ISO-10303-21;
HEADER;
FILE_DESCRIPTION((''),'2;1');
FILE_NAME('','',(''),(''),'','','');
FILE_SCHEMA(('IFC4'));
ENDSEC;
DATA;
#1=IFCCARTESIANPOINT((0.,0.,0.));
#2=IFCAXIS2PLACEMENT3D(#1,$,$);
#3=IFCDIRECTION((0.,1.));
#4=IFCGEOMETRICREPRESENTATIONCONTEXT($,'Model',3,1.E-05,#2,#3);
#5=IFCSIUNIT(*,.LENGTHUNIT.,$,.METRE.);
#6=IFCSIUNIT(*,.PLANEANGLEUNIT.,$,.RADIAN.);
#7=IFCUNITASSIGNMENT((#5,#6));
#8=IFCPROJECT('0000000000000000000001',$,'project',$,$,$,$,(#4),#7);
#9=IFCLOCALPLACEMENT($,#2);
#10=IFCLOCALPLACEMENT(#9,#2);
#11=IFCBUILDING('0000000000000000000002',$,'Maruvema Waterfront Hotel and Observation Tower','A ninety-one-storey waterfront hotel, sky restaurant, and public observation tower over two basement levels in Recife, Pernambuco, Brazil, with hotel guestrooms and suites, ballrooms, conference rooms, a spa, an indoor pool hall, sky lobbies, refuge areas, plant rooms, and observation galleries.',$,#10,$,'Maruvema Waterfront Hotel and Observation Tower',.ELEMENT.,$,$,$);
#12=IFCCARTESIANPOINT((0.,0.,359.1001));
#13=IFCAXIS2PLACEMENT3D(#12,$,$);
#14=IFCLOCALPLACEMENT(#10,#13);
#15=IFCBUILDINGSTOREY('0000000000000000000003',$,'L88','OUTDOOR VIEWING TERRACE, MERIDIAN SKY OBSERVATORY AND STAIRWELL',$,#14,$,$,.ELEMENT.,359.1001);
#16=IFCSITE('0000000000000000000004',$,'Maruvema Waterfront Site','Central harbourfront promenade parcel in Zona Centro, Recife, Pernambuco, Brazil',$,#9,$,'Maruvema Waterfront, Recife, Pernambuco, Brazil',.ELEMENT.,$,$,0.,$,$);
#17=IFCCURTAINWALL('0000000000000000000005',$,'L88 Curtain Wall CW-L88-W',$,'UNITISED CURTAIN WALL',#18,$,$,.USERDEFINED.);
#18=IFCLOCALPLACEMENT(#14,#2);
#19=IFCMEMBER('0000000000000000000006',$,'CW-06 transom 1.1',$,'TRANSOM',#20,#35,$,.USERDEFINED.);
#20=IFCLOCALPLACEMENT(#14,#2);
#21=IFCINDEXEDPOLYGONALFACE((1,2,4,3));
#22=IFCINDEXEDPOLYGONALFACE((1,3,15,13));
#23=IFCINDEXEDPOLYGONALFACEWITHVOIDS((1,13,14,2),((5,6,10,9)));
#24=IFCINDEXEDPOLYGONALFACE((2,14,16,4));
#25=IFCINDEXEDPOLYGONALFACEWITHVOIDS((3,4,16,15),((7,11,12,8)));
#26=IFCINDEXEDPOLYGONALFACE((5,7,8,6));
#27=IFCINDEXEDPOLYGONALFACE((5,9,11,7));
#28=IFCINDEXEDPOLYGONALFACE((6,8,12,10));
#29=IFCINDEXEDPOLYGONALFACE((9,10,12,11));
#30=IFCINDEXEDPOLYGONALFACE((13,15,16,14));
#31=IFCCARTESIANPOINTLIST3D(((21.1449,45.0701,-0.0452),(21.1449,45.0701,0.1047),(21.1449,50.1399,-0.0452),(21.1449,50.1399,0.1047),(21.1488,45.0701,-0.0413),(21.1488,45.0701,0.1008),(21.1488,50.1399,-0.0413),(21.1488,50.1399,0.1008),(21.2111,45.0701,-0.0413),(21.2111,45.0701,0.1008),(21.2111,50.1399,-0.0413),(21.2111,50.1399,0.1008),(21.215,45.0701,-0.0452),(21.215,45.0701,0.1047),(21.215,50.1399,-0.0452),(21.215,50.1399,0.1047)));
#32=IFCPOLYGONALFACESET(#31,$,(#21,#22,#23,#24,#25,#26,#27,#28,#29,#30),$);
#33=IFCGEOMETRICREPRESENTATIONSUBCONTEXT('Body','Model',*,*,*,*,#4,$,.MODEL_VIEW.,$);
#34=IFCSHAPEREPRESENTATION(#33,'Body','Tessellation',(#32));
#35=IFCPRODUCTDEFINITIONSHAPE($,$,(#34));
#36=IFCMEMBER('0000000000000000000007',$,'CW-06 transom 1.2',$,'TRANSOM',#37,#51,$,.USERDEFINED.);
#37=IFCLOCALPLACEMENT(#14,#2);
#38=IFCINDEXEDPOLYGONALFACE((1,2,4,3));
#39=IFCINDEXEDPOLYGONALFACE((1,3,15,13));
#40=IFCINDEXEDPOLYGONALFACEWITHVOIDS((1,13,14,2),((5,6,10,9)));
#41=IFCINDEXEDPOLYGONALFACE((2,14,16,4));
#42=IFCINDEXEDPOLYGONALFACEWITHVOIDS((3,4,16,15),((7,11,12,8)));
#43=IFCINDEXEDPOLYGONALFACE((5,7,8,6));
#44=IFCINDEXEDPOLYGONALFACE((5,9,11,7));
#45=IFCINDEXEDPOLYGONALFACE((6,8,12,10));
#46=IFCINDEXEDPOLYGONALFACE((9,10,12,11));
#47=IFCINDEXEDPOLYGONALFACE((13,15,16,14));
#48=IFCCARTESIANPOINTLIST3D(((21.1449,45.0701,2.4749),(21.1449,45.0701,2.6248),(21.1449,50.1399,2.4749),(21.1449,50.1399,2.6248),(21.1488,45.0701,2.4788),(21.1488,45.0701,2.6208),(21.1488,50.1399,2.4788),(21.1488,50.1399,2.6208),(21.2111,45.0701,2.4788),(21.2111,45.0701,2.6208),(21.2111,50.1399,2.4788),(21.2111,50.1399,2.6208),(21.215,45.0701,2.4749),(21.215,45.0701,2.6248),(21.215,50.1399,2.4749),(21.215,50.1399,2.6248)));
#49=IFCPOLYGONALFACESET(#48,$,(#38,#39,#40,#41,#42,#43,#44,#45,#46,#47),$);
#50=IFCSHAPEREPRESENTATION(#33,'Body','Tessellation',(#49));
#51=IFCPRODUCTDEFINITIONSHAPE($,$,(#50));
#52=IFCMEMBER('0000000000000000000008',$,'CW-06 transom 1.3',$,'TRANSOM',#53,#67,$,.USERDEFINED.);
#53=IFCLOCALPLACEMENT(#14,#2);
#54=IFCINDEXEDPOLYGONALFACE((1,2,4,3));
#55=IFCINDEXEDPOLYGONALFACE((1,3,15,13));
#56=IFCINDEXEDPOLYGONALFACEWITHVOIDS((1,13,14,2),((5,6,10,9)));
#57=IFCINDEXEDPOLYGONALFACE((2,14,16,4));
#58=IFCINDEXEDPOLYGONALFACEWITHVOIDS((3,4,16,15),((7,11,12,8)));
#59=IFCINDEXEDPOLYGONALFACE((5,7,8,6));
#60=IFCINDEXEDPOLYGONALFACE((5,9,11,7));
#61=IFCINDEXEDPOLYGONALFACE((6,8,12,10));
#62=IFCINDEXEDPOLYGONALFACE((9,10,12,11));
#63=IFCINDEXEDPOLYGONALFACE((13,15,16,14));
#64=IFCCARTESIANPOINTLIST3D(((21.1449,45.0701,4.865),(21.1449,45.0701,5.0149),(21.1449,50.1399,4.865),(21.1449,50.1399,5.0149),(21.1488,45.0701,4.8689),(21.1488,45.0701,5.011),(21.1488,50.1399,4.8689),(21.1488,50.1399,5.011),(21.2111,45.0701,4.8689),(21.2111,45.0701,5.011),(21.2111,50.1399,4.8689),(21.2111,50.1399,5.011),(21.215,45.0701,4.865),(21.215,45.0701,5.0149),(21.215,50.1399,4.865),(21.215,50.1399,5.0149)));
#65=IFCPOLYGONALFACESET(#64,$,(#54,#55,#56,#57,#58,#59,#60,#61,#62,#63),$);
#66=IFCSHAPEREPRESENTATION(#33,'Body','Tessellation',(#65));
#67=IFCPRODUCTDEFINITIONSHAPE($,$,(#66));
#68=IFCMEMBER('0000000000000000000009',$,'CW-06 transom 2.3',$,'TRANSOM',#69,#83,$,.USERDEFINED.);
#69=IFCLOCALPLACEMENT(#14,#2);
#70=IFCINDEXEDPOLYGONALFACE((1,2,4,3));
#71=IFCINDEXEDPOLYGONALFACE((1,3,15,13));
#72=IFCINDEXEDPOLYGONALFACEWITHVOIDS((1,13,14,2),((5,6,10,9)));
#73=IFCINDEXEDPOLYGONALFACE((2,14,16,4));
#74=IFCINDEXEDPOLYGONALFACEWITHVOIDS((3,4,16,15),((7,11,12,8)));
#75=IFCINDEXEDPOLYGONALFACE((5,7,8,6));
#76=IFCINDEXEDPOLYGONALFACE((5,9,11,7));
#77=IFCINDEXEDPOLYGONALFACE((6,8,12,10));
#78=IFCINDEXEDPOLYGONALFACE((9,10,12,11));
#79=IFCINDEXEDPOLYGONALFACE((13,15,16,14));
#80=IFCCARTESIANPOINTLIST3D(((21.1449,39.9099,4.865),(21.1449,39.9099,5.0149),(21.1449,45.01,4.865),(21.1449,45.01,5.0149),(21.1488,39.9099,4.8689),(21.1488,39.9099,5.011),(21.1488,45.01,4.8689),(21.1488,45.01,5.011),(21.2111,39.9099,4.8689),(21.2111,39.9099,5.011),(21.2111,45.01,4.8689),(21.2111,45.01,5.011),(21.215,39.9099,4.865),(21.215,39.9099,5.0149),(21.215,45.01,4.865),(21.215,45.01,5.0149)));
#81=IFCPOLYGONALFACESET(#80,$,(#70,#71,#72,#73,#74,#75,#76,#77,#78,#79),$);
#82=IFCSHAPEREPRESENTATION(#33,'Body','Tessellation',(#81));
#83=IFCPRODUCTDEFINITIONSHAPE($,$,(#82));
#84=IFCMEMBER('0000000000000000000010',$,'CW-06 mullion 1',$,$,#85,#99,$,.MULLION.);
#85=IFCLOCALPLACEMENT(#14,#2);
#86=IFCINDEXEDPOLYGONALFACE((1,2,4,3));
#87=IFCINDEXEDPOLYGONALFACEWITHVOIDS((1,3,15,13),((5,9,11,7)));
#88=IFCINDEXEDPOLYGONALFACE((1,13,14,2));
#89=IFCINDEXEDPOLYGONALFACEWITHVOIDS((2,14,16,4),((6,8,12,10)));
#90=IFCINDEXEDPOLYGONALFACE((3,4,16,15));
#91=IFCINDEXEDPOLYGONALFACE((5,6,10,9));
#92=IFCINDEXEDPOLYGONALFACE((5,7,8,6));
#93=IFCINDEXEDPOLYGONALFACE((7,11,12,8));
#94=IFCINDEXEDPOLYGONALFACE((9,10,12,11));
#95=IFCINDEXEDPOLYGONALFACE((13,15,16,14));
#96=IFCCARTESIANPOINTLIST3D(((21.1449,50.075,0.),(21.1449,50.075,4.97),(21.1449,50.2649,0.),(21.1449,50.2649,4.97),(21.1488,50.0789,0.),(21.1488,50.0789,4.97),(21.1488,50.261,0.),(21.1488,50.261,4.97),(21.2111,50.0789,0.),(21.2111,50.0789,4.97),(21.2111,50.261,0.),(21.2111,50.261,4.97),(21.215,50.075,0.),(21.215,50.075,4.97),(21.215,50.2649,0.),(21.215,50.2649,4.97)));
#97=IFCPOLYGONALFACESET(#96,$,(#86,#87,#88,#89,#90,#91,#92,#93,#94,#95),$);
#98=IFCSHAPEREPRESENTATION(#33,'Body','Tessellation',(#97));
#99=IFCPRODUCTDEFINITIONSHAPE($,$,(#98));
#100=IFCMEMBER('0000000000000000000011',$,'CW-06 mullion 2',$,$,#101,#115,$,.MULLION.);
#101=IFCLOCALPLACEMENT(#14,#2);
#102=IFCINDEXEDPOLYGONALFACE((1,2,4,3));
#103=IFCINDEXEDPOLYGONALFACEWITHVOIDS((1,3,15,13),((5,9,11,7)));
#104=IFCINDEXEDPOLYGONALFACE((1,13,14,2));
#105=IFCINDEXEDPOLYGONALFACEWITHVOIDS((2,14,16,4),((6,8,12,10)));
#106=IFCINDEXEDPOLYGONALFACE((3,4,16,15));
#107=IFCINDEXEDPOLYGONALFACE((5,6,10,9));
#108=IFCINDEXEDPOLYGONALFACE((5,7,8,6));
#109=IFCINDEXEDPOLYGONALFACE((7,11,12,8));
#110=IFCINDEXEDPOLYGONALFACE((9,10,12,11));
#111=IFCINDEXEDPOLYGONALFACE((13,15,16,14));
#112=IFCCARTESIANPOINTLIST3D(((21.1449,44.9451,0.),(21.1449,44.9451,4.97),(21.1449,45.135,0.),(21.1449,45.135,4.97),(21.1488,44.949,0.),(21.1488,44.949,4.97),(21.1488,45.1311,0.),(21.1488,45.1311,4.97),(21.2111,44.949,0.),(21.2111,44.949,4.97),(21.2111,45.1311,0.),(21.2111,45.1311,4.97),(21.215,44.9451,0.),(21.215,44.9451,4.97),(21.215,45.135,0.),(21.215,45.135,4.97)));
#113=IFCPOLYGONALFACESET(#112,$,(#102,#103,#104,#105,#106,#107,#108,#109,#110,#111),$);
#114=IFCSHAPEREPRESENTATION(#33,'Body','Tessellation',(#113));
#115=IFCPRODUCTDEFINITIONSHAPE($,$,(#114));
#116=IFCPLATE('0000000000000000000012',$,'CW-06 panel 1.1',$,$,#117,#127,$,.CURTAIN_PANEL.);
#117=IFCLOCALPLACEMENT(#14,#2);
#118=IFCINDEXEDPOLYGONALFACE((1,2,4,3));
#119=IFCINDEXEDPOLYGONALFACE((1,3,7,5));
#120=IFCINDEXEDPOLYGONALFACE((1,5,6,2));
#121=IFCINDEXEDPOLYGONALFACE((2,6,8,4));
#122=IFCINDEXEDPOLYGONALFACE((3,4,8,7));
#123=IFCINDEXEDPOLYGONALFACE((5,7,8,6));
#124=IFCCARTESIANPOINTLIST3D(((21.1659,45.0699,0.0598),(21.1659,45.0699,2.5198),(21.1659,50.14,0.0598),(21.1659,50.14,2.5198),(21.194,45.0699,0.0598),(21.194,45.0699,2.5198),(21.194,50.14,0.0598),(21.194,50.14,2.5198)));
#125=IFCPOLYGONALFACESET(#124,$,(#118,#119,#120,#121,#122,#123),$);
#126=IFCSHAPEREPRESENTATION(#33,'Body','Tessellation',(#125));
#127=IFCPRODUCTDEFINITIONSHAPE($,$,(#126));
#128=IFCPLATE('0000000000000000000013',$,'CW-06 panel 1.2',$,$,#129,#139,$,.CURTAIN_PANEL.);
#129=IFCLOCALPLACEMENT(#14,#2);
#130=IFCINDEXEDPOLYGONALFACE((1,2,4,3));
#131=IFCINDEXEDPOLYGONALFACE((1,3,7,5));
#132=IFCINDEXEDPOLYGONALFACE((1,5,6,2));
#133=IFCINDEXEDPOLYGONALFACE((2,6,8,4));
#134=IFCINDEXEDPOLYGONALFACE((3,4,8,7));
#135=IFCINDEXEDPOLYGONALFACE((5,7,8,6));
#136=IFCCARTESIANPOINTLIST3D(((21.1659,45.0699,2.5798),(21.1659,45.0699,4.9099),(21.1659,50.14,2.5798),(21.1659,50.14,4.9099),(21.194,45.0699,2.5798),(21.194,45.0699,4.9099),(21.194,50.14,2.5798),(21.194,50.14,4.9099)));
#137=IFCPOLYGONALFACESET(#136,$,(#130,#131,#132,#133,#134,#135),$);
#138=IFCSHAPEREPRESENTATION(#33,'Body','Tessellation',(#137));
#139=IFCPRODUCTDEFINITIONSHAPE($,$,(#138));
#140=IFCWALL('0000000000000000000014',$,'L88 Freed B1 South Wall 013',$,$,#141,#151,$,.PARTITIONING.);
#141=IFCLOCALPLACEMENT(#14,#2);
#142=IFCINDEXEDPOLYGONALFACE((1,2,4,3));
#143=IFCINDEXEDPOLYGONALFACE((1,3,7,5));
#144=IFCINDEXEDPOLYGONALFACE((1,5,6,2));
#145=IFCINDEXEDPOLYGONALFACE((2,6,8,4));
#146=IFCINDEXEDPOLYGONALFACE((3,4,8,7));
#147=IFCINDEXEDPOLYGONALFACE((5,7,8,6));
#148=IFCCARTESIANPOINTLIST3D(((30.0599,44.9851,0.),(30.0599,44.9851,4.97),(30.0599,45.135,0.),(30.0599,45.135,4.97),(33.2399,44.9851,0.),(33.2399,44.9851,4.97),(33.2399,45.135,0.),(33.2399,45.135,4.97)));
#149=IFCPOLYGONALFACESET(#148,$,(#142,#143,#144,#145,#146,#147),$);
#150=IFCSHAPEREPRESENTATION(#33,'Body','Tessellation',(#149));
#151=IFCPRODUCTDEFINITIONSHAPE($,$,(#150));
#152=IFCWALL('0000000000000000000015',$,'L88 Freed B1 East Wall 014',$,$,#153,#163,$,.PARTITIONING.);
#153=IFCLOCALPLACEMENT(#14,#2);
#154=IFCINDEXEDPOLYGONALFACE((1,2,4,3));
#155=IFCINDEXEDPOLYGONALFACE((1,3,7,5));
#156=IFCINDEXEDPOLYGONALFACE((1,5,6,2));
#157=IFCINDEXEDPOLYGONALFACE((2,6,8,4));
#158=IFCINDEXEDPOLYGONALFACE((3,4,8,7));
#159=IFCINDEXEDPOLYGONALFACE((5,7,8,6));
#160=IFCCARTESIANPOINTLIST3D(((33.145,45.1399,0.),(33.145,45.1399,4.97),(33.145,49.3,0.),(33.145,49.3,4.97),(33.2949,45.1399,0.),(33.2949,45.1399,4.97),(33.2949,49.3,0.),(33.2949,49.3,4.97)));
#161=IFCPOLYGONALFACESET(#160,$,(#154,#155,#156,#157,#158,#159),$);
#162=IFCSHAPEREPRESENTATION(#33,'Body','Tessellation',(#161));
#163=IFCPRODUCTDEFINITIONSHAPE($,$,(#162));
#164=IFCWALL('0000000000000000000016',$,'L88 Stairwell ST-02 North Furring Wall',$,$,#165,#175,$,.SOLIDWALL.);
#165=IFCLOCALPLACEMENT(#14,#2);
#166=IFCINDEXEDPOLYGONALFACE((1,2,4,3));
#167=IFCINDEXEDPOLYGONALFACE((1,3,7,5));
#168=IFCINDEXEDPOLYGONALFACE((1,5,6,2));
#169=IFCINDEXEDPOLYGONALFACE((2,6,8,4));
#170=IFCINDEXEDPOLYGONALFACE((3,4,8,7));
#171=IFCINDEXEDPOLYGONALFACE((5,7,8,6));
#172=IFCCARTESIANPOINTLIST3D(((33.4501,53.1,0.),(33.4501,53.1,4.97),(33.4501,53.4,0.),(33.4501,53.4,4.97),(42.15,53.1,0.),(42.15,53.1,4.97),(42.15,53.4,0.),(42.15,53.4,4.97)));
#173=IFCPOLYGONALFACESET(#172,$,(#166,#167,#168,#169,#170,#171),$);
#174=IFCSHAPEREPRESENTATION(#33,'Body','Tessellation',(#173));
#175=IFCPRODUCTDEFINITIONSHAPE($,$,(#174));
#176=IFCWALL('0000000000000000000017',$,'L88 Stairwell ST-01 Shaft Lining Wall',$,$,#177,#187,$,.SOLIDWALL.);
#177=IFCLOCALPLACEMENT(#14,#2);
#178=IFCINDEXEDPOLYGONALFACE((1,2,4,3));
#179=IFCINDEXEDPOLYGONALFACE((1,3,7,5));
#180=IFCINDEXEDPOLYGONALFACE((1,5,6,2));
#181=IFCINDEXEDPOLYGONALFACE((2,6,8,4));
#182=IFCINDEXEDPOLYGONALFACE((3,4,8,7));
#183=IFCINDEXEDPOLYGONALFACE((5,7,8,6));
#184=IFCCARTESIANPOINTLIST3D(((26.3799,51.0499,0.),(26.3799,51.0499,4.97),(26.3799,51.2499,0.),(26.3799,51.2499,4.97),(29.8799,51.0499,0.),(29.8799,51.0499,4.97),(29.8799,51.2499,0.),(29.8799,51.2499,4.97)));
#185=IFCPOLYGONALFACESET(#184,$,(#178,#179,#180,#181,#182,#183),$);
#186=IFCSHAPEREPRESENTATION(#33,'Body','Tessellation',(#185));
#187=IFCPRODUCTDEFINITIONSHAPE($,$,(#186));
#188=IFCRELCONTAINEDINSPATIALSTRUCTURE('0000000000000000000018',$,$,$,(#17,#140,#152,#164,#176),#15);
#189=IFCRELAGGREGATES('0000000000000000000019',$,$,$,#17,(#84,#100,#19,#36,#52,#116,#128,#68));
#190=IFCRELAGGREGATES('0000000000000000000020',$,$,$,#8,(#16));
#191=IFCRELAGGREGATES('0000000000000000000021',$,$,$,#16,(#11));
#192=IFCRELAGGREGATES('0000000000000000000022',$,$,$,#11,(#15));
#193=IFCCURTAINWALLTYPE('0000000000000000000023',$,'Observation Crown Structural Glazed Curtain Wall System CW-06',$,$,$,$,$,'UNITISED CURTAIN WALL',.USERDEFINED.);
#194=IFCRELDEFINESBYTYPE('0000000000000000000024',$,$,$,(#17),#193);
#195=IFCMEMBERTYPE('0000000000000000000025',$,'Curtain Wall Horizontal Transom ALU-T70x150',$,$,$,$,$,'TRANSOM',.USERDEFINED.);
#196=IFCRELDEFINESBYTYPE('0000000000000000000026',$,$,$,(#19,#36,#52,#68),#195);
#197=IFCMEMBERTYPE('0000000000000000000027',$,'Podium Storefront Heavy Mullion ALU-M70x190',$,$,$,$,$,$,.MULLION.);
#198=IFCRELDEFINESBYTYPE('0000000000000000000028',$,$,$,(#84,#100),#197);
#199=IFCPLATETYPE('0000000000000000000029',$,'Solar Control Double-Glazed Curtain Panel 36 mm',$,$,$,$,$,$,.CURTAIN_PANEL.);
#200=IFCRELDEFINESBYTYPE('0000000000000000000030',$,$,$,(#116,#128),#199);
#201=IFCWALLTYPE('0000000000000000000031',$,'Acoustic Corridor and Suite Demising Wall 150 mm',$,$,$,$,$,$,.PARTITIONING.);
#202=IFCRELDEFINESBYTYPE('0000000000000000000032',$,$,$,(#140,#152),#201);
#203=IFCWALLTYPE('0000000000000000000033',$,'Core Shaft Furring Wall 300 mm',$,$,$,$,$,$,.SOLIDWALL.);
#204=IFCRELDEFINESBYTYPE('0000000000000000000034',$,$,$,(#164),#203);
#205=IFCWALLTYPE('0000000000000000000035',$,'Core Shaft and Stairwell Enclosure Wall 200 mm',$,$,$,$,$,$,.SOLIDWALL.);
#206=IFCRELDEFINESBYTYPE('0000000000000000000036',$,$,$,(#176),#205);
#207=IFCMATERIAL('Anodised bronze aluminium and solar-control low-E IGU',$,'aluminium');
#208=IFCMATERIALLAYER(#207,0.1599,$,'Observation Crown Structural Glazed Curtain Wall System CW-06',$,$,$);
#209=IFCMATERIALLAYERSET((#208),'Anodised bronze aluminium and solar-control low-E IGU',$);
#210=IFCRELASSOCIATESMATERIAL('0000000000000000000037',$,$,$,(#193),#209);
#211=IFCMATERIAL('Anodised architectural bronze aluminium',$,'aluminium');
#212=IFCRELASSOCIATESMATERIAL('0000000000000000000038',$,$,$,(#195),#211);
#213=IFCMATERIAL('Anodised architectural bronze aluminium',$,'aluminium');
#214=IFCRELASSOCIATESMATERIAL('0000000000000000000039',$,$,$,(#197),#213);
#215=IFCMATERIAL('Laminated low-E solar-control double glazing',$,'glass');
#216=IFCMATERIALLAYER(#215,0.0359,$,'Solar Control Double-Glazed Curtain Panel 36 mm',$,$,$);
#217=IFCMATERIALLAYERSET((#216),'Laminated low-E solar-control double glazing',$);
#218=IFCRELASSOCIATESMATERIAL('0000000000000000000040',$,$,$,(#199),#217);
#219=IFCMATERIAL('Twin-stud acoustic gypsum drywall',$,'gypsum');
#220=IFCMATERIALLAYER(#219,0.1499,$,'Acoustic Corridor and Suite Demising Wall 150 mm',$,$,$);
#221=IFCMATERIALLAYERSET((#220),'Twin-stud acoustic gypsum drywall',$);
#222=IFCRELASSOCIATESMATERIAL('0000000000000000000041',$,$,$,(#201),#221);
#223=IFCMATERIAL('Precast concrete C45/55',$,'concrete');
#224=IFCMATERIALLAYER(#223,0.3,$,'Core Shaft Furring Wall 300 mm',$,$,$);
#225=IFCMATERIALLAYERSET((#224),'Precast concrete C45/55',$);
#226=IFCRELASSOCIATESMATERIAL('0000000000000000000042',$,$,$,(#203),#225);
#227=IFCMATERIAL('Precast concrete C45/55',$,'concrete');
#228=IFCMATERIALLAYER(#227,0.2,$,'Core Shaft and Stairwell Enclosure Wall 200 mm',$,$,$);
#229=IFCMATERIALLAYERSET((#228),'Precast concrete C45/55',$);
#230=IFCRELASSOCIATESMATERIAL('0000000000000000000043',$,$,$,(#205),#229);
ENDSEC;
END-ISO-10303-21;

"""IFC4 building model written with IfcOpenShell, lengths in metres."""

from ifc_helpers import new_model, si_unit, direction, frame, frame_2d, origin, origin_2d, place, context, subcontext, project, spatial, rectangle, hollow_rectangle, extrude, material, layer, layer_set, material_profile, profile_set, type_object, element, aggregate, save


model = new_model("IFC4")

# Units and contexts
model_context = context("Model", 3, precision=1e-05, world=origin(), true_north=direction((0.0, 1.0)))
body_context = subcontext(model_context, "Body", "Model", "MODEL_VIEW")
ifc_project = project(units=[si_unit("LENGTHUNIT", "METRE"), si_unit("PLANEANGLEUNIT", "RADIAN")], contexts=[model_context])

# Site, building, storey
site_placement = place(None, origin())
site = spatial("IfcSite", under=ifc_project, at=site_placement, Name="Maruvema Waterfront Site", Description="Central harbourfront promenade parcel in Zona Centro, Recife, Pernambuco, Brazil", LongName="Maruvema Waterfront, Recife, Pernambuco, Brazil", CompositionType="ELEMENT", RefElevation=0.0)
building_placement = place(site_placement, origin())
building = spatial("IfcBuilding", under=site, at=building_placement, Name="Maruvema Waterfront Hotel and Observation Tower", Description="A ninety-one-storey waterfront hotel, sky restaurant, and public observation tower over two basement levels in Recife, Pernambuco, Brazil, with hotel guestrooms and suites, ballrooms, conference rooms, a spa, an indoor pool hall, sky lobbies, refuge areas, plant rooms, and observation galleries.", LongName="Maruvema Waterfront Hotel and Observation Tower", CompositionType="ELEMENT")
storey_placement = place(building_placement, frame((0.0, 0.0, 359.1001)))
storey = spatial("IfcBuildingStorey", under=building, at=storey_placement, Name="L88", Description="OUTDOOR VIEWING TERRACE, MERIDIAN SKY OBSERVATORY AND STAIRWELL", CompositionType="ELEMENT", Elevation=359.1001)

# Curtain wall, members, plates
ifc_material_1 = material(Name="Anodised bronze aluminium and solar-control low-E IGU", Category="aluminium")
ifc_layer_1 = layer(ifc_material_1, 0.1599, Name="Observation Crown Structural Glazed Curtain Wall System CW-06")
ifc_layer_set_1 = layer_set([ifc_layer_1], Name="Anodised bronze aluminium and solar-control low-E IGU")
curtain_wall_type = type_object("IfcCurtainWallType", Name="Observation Crown Structural Glazed Curtain Wall System CW-06", ElementType="UNITISED CURTAIN WALL", PredefinedType="USERDEFINED", material=ifc_layer_set_1)
curtain_wall_placement = place(storey_placement, origin())
curtain_wall = element("IfcCurtainWall", 1, at=curtain_wall_placement, inside=storey, type_object=curtain_wall_type, Name="L88 Curtain Wall CW-L88-W", ObjectType="UNITISED CURTAIN WALL", PredefinedType="USERDEFINED")
ifc_material_2 = material(Name="Anodised architectural bronze aluminium", Category="aluminium")
ifc_material_profile_1 = material_profile(ifc_material_2, hollow_rectangle(XDim=0.0701, YDim=0.1499, WallThickness=0.0039, at=origin_2d()), Name="ALU-T70x150")
ifc_profile_set_1 = profile_set([ifc_material_profile_1], Name="Anodised architectural bronze aluminium")
member_type_1 = type_object("IfcMemberType", Name="Curtain Wall Horizontal Transom ALU-T70x150", ElementType="TRANSOM", PredefinedType="USERDEFINED", material=ifc_profile_set_1)
member_1_placement = place(storey_placement, frame((21.1799, 50.1399, 0.0298), z_axis=(0.0, -1.0, 0.0), x_axis=(1.0, 0.0, 0.0)))
member_1 = element("IfcMember", 2, at=member_1_placement, type_object=member_type_1, Name="CW-06 transom 1.1", ObjectType="TRANSOM", PredefinedType="USERDEFINED", context=body_context, shape_type="SweptSolid", body=[
    extrude(hollow_rectangle(XDim=0.0701, YDim=0.1499, WallThickness=0.0039, at=origin_2d()), origin(), (0.0, 0.0, 1.0), 5.0698),
])
member_2_placement = place(storey_placement, frame((21.1799, 50.1399, 2.5498), z_axis=(0.0, -1.0, 0.0), x_axis=(1.0, 0.0, 0.0)))
member_2 = element("IfcMember", 3, at=member_2_placement, type_object=member_type_1, Name="CW-06 transom 1.2", ObjectType="TRANSOM", PredefinedType="USERDEFINED", context=body_context, shape_type="SweptSolid", body=[
    extrude(hollow_rectangle(XDim=0.0701, YDim=0.1499, WallThickness=0.0039, at=origin_2d()), origin(), (0.0, 0.0, 1.0), 5.0698),
])
member_3_placement = place(storey_placement, frame((21.1799, 50.1399, 4.9399), z_axis=(0.0, -1.0, 0.0), x_axis=(1.0, 0.0, 0.0)))
member_3 = element("IfcMember", 4, at=member_3_placement, type_object=member_type_1, Name="CW-06 transom 1.3", ObjectType="TRANSOM", PredefinedType="USERDEFINED", context=body_context, shape_type="SweptSolid", body=[
    extrude(hollow_rectangle(XDim=0.0701, YDim=0.1499, WallThickness=0.0039, at=origin_2d()), origin(), (0.0, 0.0, 1.0), 5.0698),
])
member_4_placement = place(storey_placement, frame((21.1799, 45.01, 4.9399), z_axis=(0.0, -1.0, 0.0), x_axis=(1.0, 0.0, 0.0)))
member_4 = element("IfcMember", 5, at=member_4_placement, type_object=member_type_1, Name="CW-06 transom 2.3", ObjectType="TRANSOM", PredefinedType="USERDEFINED", context=body_context, shape_type="SweptSolid", body=[
    extrude(hollow_rectangle(XDim=0.0701, YDim=0.1499, WallThickness=0.0039, at=origin_2d()), origin(), (0.0, 0.0, 1.0), 5.1001),
])
ifc_material_3 = material(Name="Anodised architectural bronze aluminium", Category="aluminium")
ifc_material_profile_2 = material_profile(ifc_material_3, hollow_rectangle(XDim=0.0701, YDim=0.1899, WallThickness=0.0039, at=origin_2d()), Name="ALU-M70x190")
ifc_profile_set_2 = profile_set([ifc_material_profile_2], Name="Anodised architectural bronze aluminium")
member_type_2 = type_object("IfcMemberType", Name="Podium Storefront Heavy Mullion ALU-M70x190", PredefinedType="MULLION", material=ifc_profile_set_2)
member_5_placement = place(storey_placement, frame((21.1799, 50.1699, 0.0), z_axis=(0.0, 0.0, 1.0), x_axis=(1.0, 0.0, 0.0)))
member_5 = element("IfcMember", 6, at=member_5_placement, type_object=member_type_2, Name="CW-06 mullion 1", PredefinedType="MULLION", context=body_context, shape_type="SweptSolid", body=[
    extrude(hollow_rectangle(XDim=0.0701, YDim=0.1899, WallThickness=0.0039, at=origin_2d()), origin(), (0.0, 0.0, 1.0), 4.97),
])
member_6_placement = place(storey_placement, frame((21.1799, 45.04, 0.0), z_axis=(0.0, 0.0, 1.0), x_axis=(1.0, 0.0, 0.0)))
member_6 = element("IfcMember", 7, at=member_6_placement, type_object=member_type_2, Name="CW-06 mullion 2", PredefinedType="MULLION", context=body_context, shape_type="SweptSolid", body=[
    extrude(hollow_rectangle(XDim=0.0701, YDim=0.1899, WallThickness=0.0039, at=origin_2d()), origin(), (0.0, 0.0, 1.0), 4.97),
])
ifc_material_4 = material(Name="Laminated low-E solar-control double glazing", Category="glass")
ifc_layer_2 = layer(ifc_material_4, 0.0359, Name="Solar Control Double-Glazed Curtain Panel 36 mm")
ifc_layer_set_2 = layer_set([ifc_layer_2], Name="Laminated low-E solar-control double glazing")
plate_type = type_object("IfcPlateType", Name="Solar Control Double-Glazed Curtain Panel 36 mm", PredefinedType="CURTAIN_PANEL", material=ifc_layer_set_2)
plate_1_placement = place(storey_placement, frame((21.1799, 47.605, 0.0598), z_axis=(0.0, 0.0, 1.0), x_axis=(0.0, -1.0, 0.0)))
plate_1 = element("IfcPlate", 8, at=plate_1_placement, type_object=plate_type, Name="CW-06 panel 1.1", PredefinedType="CURTAIN_PANEL", context=body_context, shape_type="SweptSolid", body=[
    extrude(rectangle(XDim=5.0701, YDim=0.0281, at=origin_2d()), origin(), (0.0, 0.0, 1.0), 2.46),
])
plate_2_placement = place(storey_placement, frame((21.1799, 47.605, 2.5798), z_axis=(0.0, 0.0, 1.0), x_axis=(0.0, -1.0, 0.0)))
plate_2 = element("IfcPlate", 9, at=plate_2_placement, type_object=plate_type, Name="CW-06 panel 1.2", PredefinedType="CURTAIN_PANEL", context=body_context, shape_type="SweptSolid", body=[
    extrude(rectangle(XDim=5.0701, YDim=0.0281, at=origin_2d()), origin(), (0.0, 0.0, 1.0), 2.3301),
])
aggregate(curtain_wall, [member_5, member_6, member_1, member_2, member_3, plate_1, plate_2, member_4])

# Walls
ifc_material_5 = material(Name="Twin-stud acoustic gypsum drywall", Category="gypsum")
ifc_layer_3 = layer(ifc_material_5, 0.1499, Name="Acoustic Corridor and Suite Demising Wall 150 mm")
ifc_layer_set_3 = layer_set([ifc_layer_3], Name="Twin-stud acoustic gypsum drywall")
wall_type_1 = type_object("IfcWallType", Name="Acoustic Corridor and Suite Demising Wall 150 mm", PredefinedType="PARTITIONING", material=ifc_layer_set_3)
wall_1_placement = place(storey_placement, frame((30.0601, 45.0601, 0.0), z_axis=(0.0, 0.0, 1.0), x_axis=(1.0, 0.0, 0.0)))
element("IfcWall", 10, at=wall_1_placement, inside=storey, type_object=wall_type_1, Name="L88 Freed B1 South Wall 013", PredefinedType="PARTITIONING", context=body_context, shape_type="SweptSolid", body=[
    extrude(rectangle(XDim=3.1799, YDim=0.1499, at=frame_2d((1.5898, 0.0))), origin(), (0.0, 0.0, 1.0), 4.97),
])
wall_2_placement = place(storey_placement, frame((33.22, 45.1399, 0.0), z_axis=(0.0, 0.0, 1.0), x_axis=(0.0, 1.0, 0.0)))
element("IfcWall", 11, at=wall_2_placement, inside=storey, type_object=wall_type_1, Name="L88 Freed B1 East Wall 014", PredefinedType="PARTITIONING", context=body_context, shape_type="SweptSolid", body=[
    extrude(rectangle(XDim=4.1602, YDim=0.1499, at=frame_2d((2.0801, 0.0))), origin(), (0.0, 0.0, 1.0), 4.97),
])
ifc_material_6 = material(Name="Precast concrete C45/55", Category="concrete")
ifc_layer_4 = layer(ifc_material_6, 0.3, Name="Core Shaft Furring Wall 300 mm")
ifc_layer_set_4 = layer_set([ifc_layer_4], Name="Precast concrete C45/55")
wall_type_2 = type_object("IfcWallType", Name="Core Shaft Furring Wall 300 mm", PredefinedType="SOLIDWALL", material=ifc_layer_set_4)
wall_3_placement = place(storey_placement, frame((33.45, 53.25, 0.0), z_axis=(0.0, 0.0, 1.0), x_axis=(1.0, 0.0, 0.0)))
element("IfcWall", 12, at=wall_3_placement, inside=storey, type_object=wall_type_2, Name="L88 Stairwell ST-02 North Furring Wall", PredefinedType="SOLIDWALL", context=body_context, shape_type="SweptSolid", body=[
    extrude(rectangle(XDim=8.7, YDim=0.3, at=frame_2d((4.3501, 0.0))), origin(), (0.0, 0.0, 1.0), 4.97),
])
ifc_material_7 = material(Name="Precast concrete C45/55", Category="concrete")
ifc_layer_5 = layer(ifc_material_7, 0.2, Name="Core Shaft and Stairwell Enclosure Wall 200 mm")
ifc_layer_set_5 = layer_set([ifc_layer_5], Name="Precast concrete C45/55")
wall_type_3 = type_object("IfcWallType", Name="Core Shaft and Stairwell Enclosure Wall 200 mm", PredefinedType="SOLIDWALL", material=ifc_layer_set_5)
wall_4_placement = place(storey_placement, frame((26.3799, 51.1499, 0.0), z_axis=(0.0, 0.0, 1.0), x_axis=(1.0, 0.0, 0.0)))
element("IfcWall", 13, at=wall_4_placement, inside=storey, type_object=wall_type_3, Name="L88 Stairwell ST-01 Shaft Lining Wall", PredefinedType="SOLIDWALL", context=body_context, shape_type="SweptSolid", body=[
    extrude(rectangle(XDim=3.5, YDim=0.2, at=frame_2d((1.75, 0.0))), origin(), (0.0, 0.0, 1.0), 4.97),
])

save(model, "model.ifc")
